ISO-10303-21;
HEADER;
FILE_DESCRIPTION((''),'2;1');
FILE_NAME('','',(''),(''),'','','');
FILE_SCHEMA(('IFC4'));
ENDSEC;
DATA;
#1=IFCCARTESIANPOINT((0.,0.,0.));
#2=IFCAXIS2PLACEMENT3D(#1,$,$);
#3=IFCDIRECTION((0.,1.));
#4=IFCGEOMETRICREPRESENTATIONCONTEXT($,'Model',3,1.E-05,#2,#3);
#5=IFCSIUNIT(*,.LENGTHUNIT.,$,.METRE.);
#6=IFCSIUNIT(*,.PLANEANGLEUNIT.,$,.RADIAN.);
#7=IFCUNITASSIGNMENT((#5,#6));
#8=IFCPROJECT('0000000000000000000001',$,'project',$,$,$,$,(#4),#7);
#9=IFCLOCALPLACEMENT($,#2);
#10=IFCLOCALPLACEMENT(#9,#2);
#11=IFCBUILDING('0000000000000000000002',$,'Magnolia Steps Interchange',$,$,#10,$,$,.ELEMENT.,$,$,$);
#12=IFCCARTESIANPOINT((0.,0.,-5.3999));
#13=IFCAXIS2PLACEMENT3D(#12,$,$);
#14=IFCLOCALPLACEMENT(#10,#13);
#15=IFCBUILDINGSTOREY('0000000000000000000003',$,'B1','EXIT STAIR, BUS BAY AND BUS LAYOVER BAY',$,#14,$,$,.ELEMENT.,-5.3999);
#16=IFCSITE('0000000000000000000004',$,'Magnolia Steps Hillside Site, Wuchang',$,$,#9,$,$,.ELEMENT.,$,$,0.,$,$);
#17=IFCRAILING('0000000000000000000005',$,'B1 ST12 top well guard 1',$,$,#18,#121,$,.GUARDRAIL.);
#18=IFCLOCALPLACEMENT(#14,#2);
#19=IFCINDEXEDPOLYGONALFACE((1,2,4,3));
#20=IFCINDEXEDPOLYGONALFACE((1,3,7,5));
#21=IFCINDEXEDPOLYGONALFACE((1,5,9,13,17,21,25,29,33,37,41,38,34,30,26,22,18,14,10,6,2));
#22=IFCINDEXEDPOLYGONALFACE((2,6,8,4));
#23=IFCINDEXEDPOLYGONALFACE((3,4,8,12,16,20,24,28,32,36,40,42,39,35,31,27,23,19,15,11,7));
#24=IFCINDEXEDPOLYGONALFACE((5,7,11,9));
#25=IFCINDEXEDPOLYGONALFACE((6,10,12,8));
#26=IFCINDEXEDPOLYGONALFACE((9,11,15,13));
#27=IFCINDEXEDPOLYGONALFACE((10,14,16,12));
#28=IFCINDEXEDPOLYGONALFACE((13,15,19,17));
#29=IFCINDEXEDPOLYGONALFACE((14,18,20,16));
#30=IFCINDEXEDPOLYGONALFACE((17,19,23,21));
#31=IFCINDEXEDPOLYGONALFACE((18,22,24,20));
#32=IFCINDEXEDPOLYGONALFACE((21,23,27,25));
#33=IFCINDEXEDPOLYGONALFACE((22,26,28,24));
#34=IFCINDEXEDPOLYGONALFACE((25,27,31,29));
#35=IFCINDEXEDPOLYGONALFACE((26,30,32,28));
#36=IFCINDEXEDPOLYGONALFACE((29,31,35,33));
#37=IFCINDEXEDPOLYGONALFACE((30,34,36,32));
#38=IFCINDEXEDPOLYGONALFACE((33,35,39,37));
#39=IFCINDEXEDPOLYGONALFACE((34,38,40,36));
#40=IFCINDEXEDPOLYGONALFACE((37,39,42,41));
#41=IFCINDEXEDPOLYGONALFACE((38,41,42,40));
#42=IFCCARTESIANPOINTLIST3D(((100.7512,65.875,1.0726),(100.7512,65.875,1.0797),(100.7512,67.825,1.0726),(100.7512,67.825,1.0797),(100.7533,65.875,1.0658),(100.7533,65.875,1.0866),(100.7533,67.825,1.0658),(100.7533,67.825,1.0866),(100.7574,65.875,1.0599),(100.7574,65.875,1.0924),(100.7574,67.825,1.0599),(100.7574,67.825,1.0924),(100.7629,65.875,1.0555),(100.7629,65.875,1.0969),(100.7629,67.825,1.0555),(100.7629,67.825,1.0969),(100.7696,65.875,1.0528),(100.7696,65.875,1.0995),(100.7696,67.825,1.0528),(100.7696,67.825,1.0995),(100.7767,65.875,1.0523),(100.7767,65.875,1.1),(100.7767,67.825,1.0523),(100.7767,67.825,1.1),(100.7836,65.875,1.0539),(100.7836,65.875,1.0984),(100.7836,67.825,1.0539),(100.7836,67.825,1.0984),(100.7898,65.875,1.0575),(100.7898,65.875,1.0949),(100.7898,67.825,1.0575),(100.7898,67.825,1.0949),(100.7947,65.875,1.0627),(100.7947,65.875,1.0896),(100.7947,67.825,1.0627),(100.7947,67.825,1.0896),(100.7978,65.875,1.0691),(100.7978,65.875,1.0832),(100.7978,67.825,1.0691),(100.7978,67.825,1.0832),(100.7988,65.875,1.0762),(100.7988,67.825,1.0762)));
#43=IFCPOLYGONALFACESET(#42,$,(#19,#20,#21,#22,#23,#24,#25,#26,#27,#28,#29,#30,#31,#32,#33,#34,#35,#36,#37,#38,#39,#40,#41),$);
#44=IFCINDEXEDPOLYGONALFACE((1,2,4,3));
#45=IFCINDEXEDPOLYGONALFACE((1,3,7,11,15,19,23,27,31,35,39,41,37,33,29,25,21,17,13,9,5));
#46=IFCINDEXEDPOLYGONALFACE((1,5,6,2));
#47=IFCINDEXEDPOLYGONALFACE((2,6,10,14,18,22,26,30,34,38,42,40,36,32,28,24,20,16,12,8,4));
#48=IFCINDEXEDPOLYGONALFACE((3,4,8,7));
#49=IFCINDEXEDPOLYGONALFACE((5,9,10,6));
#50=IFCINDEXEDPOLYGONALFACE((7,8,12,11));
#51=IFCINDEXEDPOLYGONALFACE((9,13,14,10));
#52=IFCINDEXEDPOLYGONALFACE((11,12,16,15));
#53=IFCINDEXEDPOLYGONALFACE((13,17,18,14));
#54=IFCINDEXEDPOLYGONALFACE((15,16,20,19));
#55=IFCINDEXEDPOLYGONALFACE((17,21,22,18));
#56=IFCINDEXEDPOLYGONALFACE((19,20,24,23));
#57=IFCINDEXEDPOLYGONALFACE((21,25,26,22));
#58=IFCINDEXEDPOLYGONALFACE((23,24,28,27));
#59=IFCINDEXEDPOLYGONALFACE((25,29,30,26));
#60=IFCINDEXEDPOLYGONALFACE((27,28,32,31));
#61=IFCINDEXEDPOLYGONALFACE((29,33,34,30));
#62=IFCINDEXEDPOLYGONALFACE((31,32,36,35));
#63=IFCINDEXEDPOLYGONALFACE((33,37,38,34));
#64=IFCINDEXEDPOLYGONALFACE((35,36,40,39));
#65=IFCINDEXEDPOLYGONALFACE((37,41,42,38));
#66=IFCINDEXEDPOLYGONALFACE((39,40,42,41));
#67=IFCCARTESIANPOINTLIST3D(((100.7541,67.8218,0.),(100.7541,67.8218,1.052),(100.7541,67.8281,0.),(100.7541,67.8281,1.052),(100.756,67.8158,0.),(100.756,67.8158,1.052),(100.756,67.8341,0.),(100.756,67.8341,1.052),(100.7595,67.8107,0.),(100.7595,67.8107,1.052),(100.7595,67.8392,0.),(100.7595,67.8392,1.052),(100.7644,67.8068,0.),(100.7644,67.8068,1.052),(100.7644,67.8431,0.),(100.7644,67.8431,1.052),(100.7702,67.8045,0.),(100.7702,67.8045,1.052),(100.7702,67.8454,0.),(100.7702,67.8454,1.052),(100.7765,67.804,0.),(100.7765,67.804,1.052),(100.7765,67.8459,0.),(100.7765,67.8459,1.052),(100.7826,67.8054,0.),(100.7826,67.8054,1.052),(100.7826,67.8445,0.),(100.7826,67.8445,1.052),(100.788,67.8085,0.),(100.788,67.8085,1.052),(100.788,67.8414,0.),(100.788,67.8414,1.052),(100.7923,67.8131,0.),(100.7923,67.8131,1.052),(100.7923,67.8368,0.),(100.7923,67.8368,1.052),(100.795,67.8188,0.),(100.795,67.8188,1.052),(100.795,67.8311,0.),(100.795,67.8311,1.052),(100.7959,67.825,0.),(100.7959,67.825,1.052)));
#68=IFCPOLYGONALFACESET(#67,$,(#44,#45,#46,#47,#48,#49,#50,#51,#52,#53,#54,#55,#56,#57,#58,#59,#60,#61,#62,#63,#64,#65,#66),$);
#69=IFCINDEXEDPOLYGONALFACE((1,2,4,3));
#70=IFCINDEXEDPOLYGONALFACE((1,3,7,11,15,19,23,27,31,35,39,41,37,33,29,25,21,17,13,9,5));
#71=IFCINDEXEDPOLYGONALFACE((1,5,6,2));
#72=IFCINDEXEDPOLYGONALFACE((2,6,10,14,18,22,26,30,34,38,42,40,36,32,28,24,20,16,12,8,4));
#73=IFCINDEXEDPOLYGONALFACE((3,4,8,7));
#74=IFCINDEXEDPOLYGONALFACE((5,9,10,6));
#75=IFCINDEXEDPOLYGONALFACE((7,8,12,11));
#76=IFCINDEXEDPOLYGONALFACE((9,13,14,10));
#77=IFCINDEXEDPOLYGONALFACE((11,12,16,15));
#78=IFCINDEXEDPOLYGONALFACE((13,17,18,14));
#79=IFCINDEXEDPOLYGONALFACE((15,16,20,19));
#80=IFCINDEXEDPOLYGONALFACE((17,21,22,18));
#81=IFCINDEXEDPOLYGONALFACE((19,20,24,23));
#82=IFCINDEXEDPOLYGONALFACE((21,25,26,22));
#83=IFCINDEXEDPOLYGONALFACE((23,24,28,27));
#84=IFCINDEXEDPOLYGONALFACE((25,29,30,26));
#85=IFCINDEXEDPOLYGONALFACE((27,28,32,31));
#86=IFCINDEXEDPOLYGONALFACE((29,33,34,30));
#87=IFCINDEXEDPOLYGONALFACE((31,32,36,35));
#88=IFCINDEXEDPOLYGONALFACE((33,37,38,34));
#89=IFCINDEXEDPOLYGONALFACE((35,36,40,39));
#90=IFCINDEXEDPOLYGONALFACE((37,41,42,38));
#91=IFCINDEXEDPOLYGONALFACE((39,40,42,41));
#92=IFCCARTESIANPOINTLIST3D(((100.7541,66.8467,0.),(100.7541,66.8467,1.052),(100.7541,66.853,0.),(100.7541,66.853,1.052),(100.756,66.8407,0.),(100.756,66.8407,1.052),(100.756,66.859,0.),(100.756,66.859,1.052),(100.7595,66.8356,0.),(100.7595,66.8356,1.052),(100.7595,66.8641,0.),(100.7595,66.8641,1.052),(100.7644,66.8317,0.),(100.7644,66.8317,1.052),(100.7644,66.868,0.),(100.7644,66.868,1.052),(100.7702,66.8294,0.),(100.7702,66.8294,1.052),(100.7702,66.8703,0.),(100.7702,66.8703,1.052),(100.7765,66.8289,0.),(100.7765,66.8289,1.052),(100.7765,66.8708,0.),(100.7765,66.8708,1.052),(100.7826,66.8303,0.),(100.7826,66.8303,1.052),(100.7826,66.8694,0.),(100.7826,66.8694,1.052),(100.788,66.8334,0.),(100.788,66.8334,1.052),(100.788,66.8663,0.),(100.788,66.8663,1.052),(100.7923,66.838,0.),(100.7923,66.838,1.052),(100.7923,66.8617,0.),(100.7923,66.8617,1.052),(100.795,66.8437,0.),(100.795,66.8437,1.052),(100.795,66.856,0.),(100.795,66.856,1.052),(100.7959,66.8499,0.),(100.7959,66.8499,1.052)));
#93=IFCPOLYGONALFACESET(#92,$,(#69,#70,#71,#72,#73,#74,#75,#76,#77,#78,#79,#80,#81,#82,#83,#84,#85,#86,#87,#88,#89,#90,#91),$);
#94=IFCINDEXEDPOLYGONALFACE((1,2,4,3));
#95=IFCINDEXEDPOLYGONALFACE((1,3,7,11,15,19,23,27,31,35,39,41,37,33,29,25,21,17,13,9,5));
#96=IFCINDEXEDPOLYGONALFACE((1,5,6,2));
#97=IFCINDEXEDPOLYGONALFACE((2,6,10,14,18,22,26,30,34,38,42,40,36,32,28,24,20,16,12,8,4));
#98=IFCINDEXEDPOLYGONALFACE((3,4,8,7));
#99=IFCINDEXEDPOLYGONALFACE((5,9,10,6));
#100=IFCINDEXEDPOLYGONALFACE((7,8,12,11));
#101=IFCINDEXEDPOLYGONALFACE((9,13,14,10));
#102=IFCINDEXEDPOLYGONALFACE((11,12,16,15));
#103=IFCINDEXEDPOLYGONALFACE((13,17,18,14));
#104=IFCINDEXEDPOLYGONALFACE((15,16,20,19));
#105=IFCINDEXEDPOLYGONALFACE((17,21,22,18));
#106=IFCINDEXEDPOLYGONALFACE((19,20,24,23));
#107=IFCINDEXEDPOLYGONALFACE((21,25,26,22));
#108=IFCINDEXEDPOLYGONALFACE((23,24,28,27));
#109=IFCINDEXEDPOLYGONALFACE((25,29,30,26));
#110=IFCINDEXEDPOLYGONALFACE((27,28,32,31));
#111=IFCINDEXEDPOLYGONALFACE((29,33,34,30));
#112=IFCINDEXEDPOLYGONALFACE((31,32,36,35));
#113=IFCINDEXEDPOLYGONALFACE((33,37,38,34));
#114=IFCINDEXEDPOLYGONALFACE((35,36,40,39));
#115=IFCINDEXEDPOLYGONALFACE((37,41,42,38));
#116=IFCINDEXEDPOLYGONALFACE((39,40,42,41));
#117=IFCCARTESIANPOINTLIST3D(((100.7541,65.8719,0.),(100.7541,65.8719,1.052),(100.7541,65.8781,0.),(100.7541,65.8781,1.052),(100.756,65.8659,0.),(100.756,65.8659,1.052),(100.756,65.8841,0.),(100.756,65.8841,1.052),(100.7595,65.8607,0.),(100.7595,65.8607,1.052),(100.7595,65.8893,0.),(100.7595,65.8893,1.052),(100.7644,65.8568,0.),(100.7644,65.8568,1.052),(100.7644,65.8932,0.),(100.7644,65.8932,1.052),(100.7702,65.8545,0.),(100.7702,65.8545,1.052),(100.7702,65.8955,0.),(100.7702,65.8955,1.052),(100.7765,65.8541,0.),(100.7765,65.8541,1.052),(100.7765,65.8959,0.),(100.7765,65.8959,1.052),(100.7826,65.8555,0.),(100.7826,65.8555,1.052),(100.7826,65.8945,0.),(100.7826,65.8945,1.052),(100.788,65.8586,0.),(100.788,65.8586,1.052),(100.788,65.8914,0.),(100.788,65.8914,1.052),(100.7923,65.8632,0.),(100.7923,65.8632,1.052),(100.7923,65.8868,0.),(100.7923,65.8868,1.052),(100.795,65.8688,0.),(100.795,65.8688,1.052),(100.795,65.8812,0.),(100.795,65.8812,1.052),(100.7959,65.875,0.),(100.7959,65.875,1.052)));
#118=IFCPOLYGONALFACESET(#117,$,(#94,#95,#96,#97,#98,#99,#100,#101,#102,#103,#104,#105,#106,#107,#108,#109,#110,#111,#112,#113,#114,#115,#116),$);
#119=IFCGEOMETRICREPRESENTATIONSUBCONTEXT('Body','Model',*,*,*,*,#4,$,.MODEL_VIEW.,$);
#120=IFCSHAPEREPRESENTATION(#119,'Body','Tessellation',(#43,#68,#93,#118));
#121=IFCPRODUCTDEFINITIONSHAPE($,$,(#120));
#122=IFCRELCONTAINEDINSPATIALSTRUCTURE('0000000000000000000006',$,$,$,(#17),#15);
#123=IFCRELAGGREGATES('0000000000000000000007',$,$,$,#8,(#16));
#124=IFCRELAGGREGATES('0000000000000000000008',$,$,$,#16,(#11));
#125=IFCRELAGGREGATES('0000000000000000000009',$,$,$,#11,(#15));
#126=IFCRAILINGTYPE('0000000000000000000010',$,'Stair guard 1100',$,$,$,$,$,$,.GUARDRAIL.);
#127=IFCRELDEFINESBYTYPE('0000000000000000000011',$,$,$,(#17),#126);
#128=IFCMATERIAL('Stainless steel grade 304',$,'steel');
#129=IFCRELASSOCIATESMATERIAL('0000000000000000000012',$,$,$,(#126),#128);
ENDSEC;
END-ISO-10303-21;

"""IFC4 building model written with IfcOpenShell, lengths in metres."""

from ifc_helpers import new_model, si_unit, direction, frame, origin, origin_2d, place, context, subcontext, project, spatial, circle, extrude, material, type_object, element, save


model = new_model("IFC4")

# Units and contexts
model_context = context("Model", 3, precision=1e-05, world=origin(), true_north=direction((0.0, 1.0)))
body_context = subcontext(model_context, "Body", "Model", "MODEL_VIEW")
ifc_project = project(units=[si_unit("LENGTHUNIT", "METRE"), si_unit("PLANEANGLEUNIT", "RADIAN")], contexts=[model_context])

# Site, building, storey
site_placement = place(None, origin())
site = spatial("IfcSite", under=ifc_project, at=site_placement, Name="Magnolia Steps Hillside Site, Wuchang", CompositionType="ELEMENT", RefElevation=0.0)
building_placement = place(site_placement, origin())
building = spatial("IfcBuilding", under=site, at=building_placement, Name="Magnolia Steps Interchange", CompositionType="ELEMENT")
storey_placement = place(building_placement, frame((0.0, 0.0, -5.3999)))
storey = spatial("IfcBuildingStorey", under=building, at=storey_placement, Name="B1", Description="EXIT STAIR, BUS BAY AND BUS LAYOVER BAY", CompositionType="ELEMENT", Elevation=-5.3999)

# Railing
ifc_material_1 = material(Name="Stainless steel grade 304", Category="steel")
railing_type_1 = type_object("IfcRailingType", Name="Stair guard 1100", PredefinedType="GUARDRAIL", material=ifc_material_1)
railing_1_placement = place(storey_placement, frame((100.7749, 67.825, 0.0)))
element("IfcRailing", 1, at=railing_1_placement, inside=storey, type_object=railing_type_1, Name="B1 ST12 top well guard 1", PredefinedType="GUARDRAIL", context=body_context, shape_type="SweptSolid", body=[
    extrude(circle(Radius=0.0239, at=origin_2d()), frame((0.0, 0.0, 1.0762), z_axis=(0.0, -1.0, 0.0), x_axis=(1.0, 0.0, 0.0)), (0.0, 0.0, 1.0), 1.95),
    extrude(circle(Radius=0.021, at=origin_2d()), origin(), (0.0, 0.0, 1.0), 1.052),
    extrude(circle(Radius=0.021, at=origin_2d()), frame((0.0, -0.9751, 0.0)), (0.0, 0.0, 1.0), 1.052),
    extrude(circle(Radius=0.021, at=origin_2d()), frame((0.0, -1.95, 0.0)), (0.0, 0.0, 1.0), 1.052),
])

save(model, "model.ifc")
